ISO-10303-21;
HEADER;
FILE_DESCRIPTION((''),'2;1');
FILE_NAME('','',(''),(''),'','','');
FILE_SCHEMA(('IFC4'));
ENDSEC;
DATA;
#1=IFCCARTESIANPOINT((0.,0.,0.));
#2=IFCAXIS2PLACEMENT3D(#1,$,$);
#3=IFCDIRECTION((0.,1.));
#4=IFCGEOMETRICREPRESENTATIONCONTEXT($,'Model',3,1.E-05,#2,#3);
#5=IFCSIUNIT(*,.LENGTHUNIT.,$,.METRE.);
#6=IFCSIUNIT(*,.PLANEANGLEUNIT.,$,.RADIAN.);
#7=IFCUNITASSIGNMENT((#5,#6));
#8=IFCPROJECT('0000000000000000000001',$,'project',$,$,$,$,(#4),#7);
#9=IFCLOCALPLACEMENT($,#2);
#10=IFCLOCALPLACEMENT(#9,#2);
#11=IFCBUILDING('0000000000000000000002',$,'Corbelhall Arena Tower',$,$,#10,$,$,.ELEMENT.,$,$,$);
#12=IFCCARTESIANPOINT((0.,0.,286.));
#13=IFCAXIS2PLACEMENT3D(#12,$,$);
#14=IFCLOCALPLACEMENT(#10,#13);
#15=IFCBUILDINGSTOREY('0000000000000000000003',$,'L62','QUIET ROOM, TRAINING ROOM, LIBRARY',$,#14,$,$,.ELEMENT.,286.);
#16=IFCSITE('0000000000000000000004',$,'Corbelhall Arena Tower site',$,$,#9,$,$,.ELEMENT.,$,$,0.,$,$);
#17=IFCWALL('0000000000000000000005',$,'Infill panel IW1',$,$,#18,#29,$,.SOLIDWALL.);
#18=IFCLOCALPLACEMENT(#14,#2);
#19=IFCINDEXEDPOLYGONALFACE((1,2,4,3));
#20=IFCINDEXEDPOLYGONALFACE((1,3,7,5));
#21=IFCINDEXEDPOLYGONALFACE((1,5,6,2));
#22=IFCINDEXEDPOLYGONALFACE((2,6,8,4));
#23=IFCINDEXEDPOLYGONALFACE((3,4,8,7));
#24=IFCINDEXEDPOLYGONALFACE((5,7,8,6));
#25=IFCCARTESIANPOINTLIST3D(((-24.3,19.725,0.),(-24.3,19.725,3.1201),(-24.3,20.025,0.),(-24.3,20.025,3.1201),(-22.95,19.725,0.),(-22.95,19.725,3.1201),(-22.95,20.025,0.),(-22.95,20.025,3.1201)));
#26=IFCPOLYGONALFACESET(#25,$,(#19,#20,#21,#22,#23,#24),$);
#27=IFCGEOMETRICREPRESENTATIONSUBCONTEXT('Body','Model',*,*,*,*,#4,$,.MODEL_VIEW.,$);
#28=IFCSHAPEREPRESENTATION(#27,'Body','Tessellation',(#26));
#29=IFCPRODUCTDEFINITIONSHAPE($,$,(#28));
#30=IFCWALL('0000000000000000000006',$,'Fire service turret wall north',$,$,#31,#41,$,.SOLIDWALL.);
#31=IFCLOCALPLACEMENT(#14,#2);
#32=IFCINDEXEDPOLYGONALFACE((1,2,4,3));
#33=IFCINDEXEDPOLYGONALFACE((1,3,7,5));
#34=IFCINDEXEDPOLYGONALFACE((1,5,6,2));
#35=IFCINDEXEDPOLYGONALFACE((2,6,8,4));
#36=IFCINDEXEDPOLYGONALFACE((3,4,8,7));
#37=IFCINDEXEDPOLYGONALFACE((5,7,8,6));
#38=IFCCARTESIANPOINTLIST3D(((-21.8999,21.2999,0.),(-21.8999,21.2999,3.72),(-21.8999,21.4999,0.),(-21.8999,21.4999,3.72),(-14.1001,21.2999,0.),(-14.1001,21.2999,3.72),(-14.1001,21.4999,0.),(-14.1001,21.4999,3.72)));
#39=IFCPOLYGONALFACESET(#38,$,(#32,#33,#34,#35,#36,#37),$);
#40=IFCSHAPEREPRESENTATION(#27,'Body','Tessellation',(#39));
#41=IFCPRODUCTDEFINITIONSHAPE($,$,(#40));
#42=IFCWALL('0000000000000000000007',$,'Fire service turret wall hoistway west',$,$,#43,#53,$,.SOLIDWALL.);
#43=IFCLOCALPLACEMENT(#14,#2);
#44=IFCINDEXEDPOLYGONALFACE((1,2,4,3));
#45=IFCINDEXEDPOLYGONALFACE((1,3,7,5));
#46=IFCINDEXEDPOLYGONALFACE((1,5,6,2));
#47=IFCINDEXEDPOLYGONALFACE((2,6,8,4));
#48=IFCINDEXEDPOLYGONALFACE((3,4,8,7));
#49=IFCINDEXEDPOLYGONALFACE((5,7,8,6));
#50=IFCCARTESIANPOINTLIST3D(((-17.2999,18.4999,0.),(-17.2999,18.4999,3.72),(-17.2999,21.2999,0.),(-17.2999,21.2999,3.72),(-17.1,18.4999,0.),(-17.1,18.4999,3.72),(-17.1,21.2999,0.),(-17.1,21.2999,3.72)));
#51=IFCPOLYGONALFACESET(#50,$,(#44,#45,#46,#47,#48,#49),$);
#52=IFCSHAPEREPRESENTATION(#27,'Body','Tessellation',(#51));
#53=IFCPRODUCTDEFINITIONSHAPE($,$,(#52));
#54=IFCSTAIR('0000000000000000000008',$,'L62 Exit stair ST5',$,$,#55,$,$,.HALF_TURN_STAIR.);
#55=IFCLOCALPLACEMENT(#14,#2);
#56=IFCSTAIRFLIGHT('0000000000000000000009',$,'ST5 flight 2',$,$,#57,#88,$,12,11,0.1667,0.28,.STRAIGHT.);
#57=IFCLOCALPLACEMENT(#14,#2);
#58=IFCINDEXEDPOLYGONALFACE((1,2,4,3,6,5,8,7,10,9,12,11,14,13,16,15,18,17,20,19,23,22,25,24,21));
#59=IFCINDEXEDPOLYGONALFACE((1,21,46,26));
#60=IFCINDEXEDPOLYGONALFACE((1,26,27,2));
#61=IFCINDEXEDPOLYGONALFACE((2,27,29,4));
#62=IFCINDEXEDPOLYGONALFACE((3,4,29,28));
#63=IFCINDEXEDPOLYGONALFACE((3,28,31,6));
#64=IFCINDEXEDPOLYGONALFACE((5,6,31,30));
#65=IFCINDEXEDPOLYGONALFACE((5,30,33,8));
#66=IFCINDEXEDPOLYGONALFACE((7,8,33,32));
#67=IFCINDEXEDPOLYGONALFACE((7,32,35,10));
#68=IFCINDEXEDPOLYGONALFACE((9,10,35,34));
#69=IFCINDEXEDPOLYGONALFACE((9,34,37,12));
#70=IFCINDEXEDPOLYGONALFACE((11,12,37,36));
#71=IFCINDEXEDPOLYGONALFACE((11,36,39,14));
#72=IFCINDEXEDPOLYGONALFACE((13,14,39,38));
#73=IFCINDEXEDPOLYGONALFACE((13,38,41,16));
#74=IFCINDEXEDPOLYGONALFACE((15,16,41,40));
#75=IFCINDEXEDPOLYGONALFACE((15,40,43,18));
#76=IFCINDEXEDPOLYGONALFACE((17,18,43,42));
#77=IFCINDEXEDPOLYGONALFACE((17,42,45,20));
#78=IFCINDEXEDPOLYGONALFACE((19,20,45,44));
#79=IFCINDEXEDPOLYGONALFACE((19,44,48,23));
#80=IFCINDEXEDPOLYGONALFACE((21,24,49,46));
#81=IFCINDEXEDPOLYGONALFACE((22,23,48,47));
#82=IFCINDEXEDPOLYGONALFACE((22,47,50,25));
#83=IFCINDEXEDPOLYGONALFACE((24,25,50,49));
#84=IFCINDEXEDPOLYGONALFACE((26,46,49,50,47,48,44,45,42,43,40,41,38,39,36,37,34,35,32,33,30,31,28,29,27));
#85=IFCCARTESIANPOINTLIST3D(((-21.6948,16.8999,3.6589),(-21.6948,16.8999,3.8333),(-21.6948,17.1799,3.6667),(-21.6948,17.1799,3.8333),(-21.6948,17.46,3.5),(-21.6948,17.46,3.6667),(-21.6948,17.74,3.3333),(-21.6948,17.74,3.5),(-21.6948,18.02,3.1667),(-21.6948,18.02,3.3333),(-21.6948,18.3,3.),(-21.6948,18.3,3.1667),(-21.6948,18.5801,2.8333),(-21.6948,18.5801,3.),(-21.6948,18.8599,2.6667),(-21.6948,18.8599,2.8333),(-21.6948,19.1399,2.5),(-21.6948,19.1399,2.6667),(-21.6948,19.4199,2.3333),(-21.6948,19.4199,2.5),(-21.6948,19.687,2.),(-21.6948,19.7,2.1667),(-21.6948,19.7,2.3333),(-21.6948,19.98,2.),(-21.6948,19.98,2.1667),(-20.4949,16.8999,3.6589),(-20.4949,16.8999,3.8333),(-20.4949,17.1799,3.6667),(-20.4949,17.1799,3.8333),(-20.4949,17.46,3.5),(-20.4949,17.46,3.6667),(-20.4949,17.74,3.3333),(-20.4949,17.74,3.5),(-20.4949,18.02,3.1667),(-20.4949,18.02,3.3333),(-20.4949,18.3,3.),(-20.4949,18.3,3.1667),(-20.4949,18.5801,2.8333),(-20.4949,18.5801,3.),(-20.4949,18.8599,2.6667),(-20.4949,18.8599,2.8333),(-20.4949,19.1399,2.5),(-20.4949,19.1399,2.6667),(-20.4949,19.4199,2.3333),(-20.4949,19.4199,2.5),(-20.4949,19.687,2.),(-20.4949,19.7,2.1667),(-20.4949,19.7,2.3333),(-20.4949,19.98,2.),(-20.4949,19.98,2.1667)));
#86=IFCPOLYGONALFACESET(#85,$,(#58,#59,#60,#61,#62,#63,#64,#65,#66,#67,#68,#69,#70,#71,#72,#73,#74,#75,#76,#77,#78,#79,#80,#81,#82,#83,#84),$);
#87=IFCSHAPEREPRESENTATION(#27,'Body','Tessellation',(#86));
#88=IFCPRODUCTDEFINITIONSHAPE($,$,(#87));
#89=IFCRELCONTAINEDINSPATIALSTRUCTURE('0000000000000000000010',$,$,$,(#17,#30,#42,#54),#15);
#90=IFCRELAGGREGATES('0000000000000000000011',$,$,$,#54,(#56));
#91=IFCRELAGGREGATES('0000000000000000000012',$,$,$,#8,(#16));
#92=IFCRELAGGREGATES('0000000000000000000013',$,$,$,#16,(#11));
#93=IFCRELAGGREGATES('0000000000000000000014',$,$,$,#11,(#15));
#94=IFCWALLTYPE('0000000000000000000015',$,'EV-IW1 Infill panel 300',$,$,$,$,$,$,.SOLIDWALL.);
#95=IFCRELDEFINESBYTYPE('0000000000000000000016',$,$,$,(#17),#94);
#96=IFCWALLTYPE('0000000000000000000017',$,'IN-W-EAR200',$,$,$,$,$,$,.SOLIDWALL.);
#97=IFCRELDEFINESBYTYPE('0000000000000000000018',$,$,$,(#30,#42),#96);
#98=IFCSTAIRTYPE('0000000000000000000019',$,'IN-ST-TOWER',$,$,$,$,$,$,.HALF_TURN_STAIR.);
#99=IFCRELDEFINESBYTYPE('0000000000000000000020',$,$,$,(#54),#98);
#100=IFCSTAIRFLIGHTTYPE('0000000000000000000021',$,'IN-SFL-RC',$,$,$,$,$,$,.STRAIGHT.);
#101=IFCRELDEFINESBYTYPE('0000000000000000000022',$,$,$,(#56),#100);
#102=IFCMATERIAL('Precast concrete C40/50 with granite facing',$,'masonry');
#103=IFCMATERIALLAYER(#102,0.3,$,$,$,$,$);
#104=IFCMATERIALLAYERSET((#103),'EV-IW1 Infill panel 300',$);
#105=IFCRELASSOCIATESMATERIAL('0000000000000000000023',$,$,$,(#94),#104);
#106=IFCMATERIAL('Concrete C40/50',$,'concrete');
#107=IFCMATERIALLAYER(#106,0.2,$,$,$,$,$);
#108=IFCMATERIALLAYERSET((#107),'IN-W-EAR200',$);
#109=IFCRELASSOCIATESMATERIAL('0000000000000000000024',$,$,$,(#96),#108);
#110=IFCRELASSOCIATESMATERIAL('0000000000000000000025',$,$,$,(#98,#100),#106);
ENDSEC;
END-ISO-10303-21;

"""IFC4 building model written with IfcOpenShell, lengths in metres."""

from ifc_helpers import new_model, si_unit, direction, frame, frame_2d, origin, place, context, subcontext, project, spatial, polyline, rectangle, outline, extrude, material, layer, layer_set, type_object, element, aggregate, save


model = new_model("IFC4")

# Units and contexts
model_context = context("Model", 3, precision=1e-05, world=origin(), true_north=direction((0.0, 1.0)))
body_context = subcontext(model_context, "Body", "Model", "MODEL_VIEW")
ifc_project = project(units=[si_unit("LENGTHUNIT", "METRE"), si_unit("PLANEANGLEUNIT", "RADIAN")], contexts=[model_context])

# Site, building, storey
site_placement = place(None, origin())
site = spatial("IfcSite", under=ifc_project, at=site_placement, Name="Corbelhall Arena Tower site", CompositionType="ELEMENT", RefElevation=0.0)
building_placement = place(site_placement, origin())
building = spatial("IfcBuilding", under=site, at=building_placement, Name="Corbelhall Arena Tower", CompositionType="ELEMENT")
storey_placement = place(building_placement, frame((0.0, 0.0, 286.0)))
storey = spatial("IfcBuildingStorey", under=building, at=storey_placement, Name="L62", Description="QUIET ROOM, TRAINING ROOM, LIBRARY", CompositionType="ELEMENT", Elevation=286.0)

# Shared definitions
ifc_material_1 = material(Name="Precast concrete C40/50 with granite facing", Category="masonry")
ifc_layer_1 = layer(ifc_material_1, 0.3)
ifc_layer_set_1 = layer_set([ifc_layer_1], Name="EV-IW1 Infill panel 300")
wall_type_1 = type_object("IfcWallType", Name="EV-IW1 Infill panel 300", PredefinedType="SOLIDWALL", material=ifc_layer_set_1)

# Walls
wall_1_placement = place(storey_placement, frame((-22.95, 19.875, 0.0), z_axis=(0.0, 0.0, 1.0), x_axis=(-1.0, 0.0, 0.0)))
element("IfcWall", 1, at=wall_1_placement, inside=storey, type_object=wall_type_1, Name="Infill panel IW1", PredefinedType="SOLIDWALL", context=body_context, shape_type="SweptSolid", body=[
    extrude(rectangle(XDim=1.3501, YDim=0.3, at=frame_2d((0.675, 0.0))), origin(), (0.0, 0.0, 1.0), 3.1201),
])
ifc_material_2 = material(Name="Concrete C40/50", Category="concrete")
ifc_layer_2 = layer(ifc_material_2, 0.2)
ifc_layer_set_2 = layer_set([ifc_layer_2], Name="IN-W-EAR200")
wall_type_2 = type_object("IfcWallType", Name="IN-W-EAR200", PredefinedType="SOLIDWALL", material=ifc_layer_set_2)
wall_2_placement = place(storey_placement, frame((-21.8999, 21.3999, 0.0), z_axis=(0.0, 0.0, 1.0), x_axis=(1.0, 0.0, 0.0)))
element("IfcWall", 2, at=wall_2_placement, inside=storey, type_object=wall_type_2, Name="Fire service turret wall north", PredefinedType="SOLIDWALL", context=body_context, shape_type="SweptSolid", body=[
    extrude(rectangle(XDim=7.7998, YDim=0.2, at=frame_2d((3.8999, 0.0))), origin(), (0.0, 0.0, 1.0), 3.72),
])
wall_3_placement = place(storey_placement, frame((-17.2, 18.5, 0.0), z_axis=(0.0, 0.0, 1.0), x_axis=(0.0, 1.0, 0.0)))
element("IfcWall", 3, at=wall_3_placement, inside=storey, type_object=wall_type_2, Name="Fire service turret wall hoistway west", PredefinedType="SOLIDWALL", context=body_context, shape_type="SweptSolid", body=[
    extrude(rectangle(XDim=2.8, YDim=0.2, at=frame_2d((1.3999, 0.0))), origin(), (0.0, 0.0, 1.0), 3.72),
])

# Stair, stair flight
stair_type = type_object("IfcStairType", Name="IN-ST-TOWER", PredefinedType="HALF_TURN_STAIR", material=ifc_material_2)
stair_placement = place(storey_placement, origin())
stair = element("IfcStair", 4, at=stair_placement, inside=storey, type_object=stair_type, Name="L62 Exit stair ST5", PredefinedType="HALF_TURN_STAIR")
stair_flight_type = type_object("IfcStairFlightType", Name="IN-SFL-RC", PredefinedType="STRAIGHT", material=ifc_material_2)
stair_flight_placement = place(storey_placement, frame((-21.095, 19.98, 2.0), z_axis=(0.0, 0.0, 1.0), x_axis=(0.0, -1.0, 0.0)))
stair_flight = element("IfcStairFlight", 5, at=stair_flight_placement, type_object=stair_flight_type, Name="ST5 flight 2", NumberOfRisers=12, NumberOfTreads=11, PredefinedType="STRAIGHT", RiserHeight=0.1667, TreadLength=0.28, context=body_context, shape_type="SweptSolid", body=[
    extrude(outline(polyline([(0.0, 0.0), (0.0, 0.1667), (0.28, 0.1667), (0.28, 0.3333), (0.5601, 0.3333), (0.5601, 0.5), (0.8401, 0.5), (0.8401, 0.6667), (1.1201, 0.6667), (1.1201, 0.8333), (1.3999, 0.8333), (1.3999, 1.0), (1.6799, 1.0), (1.6799, 1.1667), (1.96, 1.1667), (1.96, 1.3333), (2.24, 1.3333), (2.24, 1.5), (2.52, 1.5), (2.52, 1.6667), (2.8, 1.6667), (2.8, 1.8333), (3.0801, 1.8333), (3.0801, 2.0), (3.0801, 1.6589), (0.293, 0.0), (0.0, 0.0)])), frame((0.0, 0.6001, 0.0), z_axis=(0.0, -1.0, 0.0), x_axis=(1.0, 0.0, 0.0)), (0.0, 0.0, 1.0), 1.2),
])
aggregate(stair, [stair_flight])

save(model, "model.ifc")
